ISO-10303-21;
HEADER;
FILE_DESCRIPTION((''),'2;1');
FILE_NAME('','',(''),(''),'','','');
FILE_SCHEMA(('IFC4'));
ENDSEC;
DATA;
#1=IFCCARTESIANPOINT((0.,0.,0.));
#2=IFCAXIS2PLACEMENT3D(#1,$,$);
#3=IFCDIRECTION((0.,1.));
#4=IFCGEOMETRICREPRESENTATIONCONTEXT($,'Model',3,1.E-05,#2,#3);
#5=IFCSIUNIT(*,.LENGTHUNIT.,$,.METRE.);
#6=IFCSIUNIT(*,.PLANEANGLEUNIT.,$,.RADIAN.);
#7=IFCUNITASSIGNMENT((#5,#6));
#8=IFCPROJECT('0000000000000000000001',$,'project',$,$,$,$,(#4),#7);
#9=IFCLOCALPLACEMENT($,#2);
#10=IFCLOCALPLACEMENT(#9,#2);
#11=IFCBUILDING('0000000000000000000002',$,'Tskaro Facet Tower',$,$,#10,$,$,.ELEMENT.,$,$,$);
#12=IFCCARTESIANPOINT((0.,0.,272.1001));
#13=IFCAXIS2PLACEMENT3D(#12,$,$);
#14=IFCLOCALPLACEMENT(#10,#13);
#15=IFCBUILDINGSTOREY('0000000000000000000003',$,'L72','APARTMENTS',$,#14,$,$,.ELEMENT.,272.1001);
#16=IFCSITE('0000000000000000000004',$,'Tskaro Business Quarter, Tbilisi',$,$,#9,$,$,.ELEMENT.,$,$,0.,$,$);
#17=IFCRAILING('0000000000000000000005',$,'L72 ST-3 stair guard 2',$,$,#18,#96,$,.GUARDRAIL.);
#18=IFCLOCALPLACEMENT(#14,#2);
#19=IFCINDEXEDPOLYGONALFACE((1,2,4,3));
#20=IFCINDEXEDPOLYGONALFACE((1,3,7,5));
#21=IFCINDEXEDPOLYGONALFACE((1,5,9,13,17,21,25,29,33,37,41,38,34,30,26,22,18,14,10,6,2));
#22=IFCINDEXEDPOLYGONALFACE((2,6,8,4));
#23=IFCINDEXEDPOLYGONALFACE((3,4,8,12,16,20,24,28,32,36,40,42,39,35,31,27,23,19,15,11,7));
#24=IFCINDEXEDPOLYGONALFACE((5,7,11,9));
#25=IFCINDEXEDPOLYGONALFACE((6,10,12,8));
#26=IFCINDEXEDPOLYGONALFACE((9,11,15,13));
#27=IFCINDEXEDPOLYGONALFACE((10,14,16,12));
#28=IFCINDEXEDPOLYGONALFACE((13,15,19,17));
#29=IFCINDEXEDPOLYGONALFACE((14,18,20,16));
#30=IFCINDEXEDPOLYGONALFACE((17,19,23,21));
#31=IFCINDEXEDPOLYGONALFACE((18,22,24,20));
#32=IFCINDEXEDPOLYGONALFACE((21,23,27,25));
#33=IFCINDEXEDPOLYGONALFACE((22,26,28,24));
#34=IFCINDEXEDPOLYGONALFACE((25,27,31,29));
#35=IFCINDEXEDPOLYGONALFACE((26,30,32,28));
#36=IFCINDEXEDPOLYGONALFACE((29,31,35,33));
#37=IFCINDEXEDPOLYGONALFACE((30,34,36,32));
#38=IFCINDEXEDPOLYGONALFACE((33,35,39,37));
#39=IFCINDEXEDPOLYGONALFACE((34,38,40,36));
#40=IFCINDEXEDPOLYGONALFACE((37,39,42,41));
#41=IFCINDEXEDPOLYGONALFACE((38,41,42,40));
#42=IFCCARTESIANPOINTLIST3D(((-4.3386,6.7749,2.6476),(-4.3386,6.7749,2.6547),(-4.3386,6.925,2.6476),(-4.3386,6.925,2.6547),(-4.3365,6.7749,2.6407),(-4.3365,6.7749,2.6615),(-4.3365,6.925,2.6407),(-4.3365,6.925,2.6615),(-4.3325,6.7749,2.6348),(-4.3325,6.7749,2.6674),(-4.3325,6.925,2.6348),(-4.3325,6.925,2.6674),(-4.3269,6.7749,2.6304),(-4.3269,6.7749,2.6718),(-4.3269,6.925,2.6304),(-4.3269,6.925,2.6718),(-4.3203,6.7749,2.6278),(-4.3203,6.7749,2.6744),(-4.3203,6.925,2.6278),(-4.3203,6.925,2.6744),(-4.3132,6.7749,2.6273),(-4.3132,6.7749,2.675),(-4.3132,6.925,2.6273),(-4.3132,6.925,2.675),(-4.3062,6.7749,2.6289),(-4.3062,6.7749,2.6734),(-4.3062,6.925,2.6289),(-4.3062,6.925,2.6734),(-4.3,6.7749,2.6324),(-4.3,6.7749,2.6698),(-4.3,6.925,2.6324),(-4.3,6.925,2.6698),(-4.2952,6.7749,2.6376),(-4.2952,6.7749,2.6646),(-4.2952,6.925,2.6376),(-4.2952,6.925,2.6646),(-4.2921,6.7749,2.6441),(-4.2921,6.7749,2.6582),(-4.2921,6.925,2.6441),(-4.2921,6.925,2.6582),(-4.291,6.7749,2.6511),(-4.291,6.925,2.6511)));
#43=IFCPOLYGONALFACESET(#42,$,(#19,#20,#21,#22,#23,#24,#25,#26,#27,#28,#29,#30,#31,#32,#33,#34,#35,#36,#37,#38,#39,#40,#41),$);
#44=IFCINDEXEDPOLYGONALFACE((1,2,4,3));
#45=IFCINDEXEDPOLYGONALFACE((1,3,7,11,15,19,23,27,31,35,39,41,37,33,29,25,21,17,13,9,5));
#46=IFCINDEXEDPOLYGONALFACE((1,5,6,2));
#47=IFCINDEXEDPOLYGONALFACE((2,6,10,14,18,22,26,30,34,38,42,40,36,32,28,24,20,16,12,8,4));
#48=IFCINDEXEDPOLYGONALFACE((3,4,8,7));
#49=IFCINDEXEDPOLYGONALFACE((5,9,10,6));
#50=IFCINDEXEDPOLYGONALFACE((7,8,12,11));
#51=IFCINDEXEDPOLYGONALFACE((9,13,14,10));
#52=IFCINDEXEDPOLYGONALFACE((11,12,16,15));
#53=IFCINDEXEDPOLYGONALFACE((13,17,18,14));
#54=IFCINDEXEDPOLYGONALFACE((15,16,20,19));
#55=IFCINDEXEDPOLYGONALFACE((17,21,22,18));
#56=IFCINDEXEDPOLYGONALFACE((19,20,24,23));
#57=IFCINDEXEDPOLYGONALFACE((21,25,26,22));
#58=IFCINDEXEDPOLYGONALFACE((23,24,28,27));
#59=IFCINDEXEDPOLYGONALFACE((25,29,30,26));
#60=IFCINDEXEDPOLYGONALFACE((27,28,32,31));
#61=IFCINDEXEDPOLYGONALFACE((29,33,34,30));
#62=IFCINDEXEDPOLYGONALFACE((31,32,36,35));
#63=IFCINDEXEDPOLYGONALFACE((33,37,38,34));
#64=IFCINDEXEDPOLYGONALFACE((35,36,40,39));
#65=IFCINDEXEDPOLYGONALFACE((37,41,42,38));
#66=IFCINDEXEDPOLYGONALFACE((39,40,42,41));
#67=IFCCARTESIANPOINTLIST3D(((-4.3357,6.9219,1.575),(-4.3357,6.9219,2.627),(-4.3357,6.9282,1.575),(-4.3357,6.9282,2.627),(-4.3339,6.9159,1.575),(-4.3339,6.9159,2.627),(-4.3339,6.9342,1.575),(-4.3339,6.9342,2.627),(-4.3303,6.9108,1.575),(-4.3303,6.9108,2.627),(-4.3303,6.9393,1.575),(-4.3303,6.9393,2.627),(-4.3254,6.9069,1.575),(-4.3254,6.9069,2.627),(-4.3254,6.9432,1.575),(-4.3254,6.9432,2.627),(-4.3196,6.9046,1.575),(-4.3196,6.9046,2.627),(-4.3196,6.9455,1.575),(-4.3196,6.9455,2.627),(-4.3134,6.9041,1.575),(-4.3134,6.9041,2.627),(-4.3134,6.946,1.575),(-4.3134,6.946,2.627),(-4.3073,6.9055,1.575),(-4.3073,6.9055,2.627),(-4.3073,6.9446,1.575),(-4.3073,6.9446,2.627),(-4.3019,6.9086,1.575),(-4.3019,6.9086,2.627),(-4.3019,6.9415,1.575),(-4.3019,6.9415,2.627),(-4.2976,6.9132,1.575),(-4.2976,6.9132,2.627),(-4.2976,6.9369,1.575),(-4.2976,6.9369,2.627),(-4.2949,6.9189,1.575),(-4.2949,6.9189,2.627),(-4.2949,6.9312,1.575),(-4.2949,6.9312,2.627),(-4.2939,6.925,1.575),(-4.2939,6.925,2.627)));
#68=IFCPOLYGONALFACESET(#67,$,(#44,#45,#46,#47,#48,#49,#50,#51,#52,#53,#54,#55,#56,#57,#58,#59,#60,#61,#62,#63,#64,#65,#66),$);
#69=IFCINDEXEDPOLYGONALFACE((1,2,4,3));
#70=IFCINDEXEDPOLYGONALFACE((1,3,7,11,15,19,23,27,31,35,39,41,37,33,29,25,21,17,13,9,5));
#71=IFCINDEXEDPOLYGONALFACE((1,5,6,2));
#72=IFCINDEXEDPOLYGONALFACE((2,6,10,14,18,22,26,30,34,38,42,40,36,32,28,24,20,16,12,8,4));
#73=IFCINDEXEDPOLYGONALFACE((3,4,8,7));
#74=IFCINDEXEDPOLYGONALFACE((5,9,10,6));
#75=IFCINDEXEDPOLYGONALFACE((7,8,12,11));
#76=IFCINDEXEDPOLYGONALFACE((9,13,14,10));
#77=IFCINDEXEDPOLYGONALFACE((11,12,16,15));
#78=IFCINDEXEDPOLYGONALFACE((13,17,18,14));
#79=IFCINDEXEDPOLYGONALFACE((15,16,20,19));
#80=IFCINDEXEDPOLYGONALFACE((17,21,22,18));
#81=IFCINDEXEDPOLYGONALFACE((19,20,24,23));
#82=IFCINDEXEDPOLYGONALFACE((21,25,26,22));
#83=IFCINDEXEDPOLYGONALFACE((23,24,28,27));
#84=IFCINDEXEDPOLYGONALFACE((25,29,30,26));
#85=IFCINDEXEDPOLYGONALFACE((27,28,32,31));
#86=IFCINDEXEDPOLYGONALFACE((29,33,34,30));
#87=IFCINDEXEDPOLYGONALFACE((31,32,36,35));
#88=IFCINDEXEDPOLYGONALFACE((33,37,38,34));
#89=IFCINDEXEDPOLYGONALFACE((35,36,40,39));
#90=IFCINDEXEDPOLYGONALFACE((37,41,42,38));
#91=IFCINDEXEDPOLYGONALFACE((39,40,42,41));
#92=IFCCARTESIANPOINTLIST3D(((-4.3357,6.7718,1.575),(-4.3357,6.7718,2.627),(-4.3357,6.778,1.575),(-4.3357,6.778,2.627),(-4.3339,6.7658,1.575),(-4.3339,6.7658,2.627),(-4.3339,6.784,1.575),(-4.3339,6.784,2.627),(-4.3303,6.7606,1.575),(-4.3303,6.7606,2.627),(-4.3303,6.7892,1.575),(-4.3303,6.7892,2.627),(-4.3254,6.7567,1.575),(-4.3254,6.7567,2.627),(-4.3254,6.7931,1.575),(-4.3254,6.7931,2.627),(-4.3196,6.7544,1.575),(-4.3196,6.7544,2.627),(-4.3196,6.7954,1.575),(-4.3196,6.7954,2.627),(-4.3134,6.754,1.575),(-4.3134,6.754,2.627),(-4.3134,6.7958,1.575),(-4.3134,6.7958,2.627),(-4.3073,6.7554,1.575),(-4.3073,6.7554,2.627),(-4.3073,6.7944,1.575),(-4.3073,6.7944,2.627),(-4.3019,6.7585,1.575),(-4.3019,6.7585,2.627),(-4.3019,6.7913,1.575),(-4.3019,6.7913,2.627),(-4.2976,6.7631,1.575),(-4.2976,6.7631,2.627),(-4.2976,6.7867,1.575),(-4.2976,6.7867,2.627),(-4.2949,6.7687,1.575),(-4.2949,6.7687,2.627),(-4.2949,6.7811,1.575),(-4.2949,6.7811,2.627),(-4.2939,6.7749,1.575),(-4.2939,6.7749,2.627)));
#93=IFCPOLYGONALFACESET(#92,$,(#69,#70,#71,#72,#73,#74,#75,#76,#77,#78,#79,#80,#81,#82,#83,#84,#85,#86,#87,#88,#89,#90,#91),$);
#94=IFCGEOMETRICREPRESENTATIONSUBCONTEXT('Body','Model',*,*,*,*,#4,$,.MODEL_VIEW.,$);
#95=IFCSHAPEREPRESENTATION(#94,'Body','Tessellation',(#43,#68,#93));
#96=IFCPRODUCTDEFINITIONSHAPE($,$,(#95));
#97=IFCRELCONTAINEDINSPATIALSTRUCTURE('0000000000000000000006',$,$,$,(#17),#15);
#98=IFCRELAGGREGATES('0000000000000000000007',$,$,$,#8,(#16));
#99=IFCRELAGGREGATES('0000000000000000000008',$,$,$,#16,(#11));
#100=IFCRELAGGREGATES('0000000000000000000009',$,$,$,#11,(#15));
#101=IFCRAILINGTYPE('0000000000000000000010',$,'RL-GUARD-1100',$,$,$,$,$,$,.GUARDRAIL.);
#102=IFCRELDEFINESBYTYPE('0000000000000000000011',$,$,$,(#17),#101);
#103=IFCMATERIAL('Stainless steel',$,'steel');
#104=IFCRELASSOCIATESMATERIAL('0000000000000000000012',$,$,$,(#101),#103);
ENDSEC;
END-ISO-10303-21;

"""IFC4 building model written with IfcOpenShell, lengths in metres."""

from ifc_helpers import new_model, si_unit, direction, frame, origin, origin_2d, place, context, subcontext, project, spatial, circle, extrude, material, type_object, element, save


model = new_model("IFC4")

# Units and contexts
model_context = context("Model", 3, precision=1e-05, world=origin(), true_north=direction((0.0, 1.0)))
body_context = subcontext(model_context, "Body", "Model", "MODEL_VIEW")
ifc_project = project(units=[si_unit("LENGTHUNIT", "METRE"), si_unit("PLANEANGLEUNIT", "RADIAN")], contexts=[model_context])

# Site, building, storey
site_placement = place(None, origin())
site = spatial("IfcSite", under=ifc_project, at=site_placement, Name="Tskaro Business Quarter, Tbilisi", CompositionType="ELEMENT", RefElevation=0.0)
building_placement = place(site_placement, origin())
building = spatial("IfcBuilding", under=site, at=building_placement, Name="Tskaro Facet Tower", CompositionType="ELEMENT")
storey_placement = place(building_placement, frame((0.0, 0.0, 272.1001)))
storey = spatial("IfcBuildingStorey", under=building, at=storey_placement, Name="L72", Description="APARTMENTS", CompositionType="ELEMENT", Elevation=272.1001)

# Railing
ifc_material_1 = material(Name="Stainless steel", Category="steel")
railing_type_1 = type_object("IfcRailingType", Name="RL-GUARD-1100", PredefinedType="GUARDRAIL", material=ifc_material_1)
railing_1_placement = place(storey_placement, frame((-4.3149, 6.925, 1.575)))
element("IfcRailing", 1, at=railing_1_placement, inside=storey, type_object=railing_type_1, Name="L72 ST-3 stair guard 2", PredefinedType="GUARDRAIL", context=body_context, shape_type="SweptSolid", body=[
    extrude(circle(Radius=0.0239, at=origin_2d()), frame((0.0, 0.0, 1.0762), z_axis=(0.0, -1.0, 0.0), x_axis=(1.0, 0.0, 0.0)), (0.0, 0.0, 1.0), 0.1501),
    extrude(circle(Radius=0.021, at=origin_2d()), origin(), (0.0, 0.0, 1.0), 1.052),
    extrude(circle(Radius=0.021, at=origin_2d()), frame((0.0, -0.1501, 0.0)), (0.0, 0.0, 1.0), 1.052),
])

save(model, "model.ifc")
